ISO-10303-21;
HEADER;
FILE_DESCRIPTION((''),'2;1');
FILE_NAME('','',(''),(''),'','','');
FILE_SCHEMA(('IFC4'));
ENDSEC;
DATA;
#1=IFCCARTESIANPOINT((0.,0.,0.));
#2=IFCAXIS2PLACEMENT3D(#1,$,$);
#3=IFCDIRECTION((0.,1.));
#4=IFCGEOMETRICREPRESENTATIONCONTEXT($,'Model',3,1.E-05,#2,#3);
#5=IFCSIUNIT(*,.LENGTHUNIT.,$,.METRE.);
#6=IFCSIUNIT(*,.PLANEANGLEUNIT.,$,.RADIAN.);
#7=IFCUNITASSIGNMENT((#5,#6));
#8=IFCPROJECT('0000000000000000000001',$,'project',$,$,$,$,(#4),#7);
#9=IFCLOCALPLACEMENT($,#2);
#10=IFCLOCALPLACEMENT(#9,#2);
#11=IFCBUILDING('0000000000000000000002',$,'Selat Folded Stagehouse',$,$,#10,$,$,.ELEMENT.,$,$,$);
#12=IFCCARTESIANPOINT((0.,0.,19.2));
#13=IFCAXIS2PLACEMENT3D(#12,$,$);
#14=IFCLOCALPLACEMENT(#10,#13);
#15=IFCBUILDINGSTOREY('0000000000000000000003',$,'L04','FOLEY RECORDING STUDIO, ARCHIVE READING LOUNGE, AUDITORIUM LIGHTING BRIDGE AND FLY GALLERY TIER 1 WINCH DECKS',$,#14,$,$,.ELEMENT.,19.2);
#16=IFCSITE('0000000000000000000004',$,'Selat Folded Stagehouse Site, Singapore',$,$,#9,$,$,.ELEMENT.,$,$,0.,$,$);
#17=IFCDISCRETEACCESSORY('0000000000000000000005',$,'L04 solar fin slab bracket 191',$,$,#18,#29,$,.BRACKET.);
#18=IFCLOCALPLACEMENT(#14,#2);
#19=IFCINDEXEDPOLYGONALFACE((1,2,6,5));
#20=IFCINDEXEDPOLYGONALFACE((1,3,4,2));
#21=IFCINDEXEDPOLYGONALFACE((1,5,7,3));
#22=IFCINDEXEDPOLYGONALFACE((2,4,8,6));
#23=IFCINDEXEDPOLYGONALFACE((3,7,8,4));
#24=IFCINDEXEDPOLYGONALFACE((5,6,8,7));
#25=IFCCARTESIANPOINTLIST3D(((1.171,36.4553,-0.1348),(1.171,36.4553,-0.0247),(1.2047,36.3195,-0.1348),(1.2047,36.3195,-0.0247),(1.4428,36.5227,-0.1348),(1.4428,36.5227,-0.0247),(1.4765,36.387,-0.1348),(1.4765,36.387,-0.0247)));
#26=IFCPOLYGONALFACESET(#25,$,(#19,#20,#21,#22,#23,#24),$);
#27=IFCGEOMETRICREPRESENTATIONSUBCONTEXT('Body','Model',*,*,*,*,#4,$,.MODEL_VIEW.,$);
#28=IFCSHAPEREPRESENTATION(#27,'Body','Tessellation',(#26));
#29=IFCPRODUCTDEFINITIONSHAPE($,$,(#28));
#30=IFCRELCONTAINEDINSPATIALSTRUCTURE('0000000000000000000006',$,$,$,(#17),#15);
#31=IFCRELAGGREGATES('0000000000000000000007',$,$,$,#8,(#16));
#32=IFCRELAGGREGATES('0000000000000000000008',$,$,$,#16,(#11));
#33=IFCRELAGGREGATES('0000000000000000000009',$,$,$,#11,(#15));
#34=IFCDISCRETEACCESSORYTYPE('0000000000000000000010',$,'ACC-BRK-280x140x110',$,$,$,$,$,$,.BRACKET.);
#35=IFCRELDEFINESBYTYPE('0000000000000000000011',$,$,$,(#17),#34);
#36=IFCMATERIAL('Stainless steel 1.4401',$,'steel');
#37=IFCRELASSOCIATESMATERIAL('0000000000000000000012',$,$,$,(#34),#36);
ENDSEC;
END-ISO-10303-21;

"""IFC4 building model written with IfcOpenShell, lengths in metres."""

from ifc_helpers import new_model, si_unit, direction, frame, origin, origin_2d, place, context, subcontext, project, spatial, rectangle, extrude, material, type_object, element, save


model = new_model("IFC4")

# Units and contexts
model_context = context("Model", 3, precision=1e-05, world=origin(), true_north=direction((0.0, 1.0)))
body_context = subcontext(model_context, "Body", "Model", "MODEL_VIEW")
ifc_project = project(units=[si_unit("LENGTHUNIT", "METRE"), si_unit("PLANEANGLEUNIT", "RADIAN")], contexts=[model_context])

# Site, building, storey
site_placement = place(None, origin())
site = spatial("IfcSite", under=ifc_project, at=site_placement, Name="Selat Folded Stagehouse Site, Singapore", CompositionType="ELEMENT", RefElevation=0.0)
building_placement = place(site_placement, origin())
building = spatial("IfcBuilding", under=site, at=building_placement, Name="Selat Folded Stagehouse", CompositionType="ELEMENT")
storey_placement = place(building_placement, frame((0.0, 0.0, 19.2)))
storey = spatial("IfcBuildingStorey", under=building, at=storey_placement, Name="L04", Description="FOLEY RECORDING STUDIO, ARCHIVE READING LOUNGE, AUDITORIUM LIGHTING BRIDGE AND FLY GALLERY TIER 1 WINCH DECKS", CompositionType="ELEMENT", Elevation=19.2)

# Discrete accessory
ifc_material_1 = material(Name="Stainless steel 1.4401", Category="steel")
discrete_accessory_type = type_object("IfcDiscreteAccessoryType", Name="ACC-BRK-280x140x110", PredefinedType="BRACKET", material=ifc_material_1)
for number, where, z_axis, x_axis, name in (
    (1, (1.3237, 36.4211, -0.1348), (0.0, 0.0, 1.0), (-0.970591, -0.240736, 0.0), "L04 solar fin slab bracket 191"),
):
    element("IfcDiscreteAccessory", number, at=place(storey_placement, frame(where, z_axis=z_axis, x_axis=x_axis)), inside=storey, type_object=discrete_accessory_type, Name=name, PredefinedType="BRACKET", context=body_context, shape_type="SweptSolid", body=[
        extrude(rectangle(XDim=0.28, YDim=0.1399, at=origin_2d()), origin(), (0.0, 0.0, 1.0), 0.1101),
    ])

save(model, "model.ifc")
